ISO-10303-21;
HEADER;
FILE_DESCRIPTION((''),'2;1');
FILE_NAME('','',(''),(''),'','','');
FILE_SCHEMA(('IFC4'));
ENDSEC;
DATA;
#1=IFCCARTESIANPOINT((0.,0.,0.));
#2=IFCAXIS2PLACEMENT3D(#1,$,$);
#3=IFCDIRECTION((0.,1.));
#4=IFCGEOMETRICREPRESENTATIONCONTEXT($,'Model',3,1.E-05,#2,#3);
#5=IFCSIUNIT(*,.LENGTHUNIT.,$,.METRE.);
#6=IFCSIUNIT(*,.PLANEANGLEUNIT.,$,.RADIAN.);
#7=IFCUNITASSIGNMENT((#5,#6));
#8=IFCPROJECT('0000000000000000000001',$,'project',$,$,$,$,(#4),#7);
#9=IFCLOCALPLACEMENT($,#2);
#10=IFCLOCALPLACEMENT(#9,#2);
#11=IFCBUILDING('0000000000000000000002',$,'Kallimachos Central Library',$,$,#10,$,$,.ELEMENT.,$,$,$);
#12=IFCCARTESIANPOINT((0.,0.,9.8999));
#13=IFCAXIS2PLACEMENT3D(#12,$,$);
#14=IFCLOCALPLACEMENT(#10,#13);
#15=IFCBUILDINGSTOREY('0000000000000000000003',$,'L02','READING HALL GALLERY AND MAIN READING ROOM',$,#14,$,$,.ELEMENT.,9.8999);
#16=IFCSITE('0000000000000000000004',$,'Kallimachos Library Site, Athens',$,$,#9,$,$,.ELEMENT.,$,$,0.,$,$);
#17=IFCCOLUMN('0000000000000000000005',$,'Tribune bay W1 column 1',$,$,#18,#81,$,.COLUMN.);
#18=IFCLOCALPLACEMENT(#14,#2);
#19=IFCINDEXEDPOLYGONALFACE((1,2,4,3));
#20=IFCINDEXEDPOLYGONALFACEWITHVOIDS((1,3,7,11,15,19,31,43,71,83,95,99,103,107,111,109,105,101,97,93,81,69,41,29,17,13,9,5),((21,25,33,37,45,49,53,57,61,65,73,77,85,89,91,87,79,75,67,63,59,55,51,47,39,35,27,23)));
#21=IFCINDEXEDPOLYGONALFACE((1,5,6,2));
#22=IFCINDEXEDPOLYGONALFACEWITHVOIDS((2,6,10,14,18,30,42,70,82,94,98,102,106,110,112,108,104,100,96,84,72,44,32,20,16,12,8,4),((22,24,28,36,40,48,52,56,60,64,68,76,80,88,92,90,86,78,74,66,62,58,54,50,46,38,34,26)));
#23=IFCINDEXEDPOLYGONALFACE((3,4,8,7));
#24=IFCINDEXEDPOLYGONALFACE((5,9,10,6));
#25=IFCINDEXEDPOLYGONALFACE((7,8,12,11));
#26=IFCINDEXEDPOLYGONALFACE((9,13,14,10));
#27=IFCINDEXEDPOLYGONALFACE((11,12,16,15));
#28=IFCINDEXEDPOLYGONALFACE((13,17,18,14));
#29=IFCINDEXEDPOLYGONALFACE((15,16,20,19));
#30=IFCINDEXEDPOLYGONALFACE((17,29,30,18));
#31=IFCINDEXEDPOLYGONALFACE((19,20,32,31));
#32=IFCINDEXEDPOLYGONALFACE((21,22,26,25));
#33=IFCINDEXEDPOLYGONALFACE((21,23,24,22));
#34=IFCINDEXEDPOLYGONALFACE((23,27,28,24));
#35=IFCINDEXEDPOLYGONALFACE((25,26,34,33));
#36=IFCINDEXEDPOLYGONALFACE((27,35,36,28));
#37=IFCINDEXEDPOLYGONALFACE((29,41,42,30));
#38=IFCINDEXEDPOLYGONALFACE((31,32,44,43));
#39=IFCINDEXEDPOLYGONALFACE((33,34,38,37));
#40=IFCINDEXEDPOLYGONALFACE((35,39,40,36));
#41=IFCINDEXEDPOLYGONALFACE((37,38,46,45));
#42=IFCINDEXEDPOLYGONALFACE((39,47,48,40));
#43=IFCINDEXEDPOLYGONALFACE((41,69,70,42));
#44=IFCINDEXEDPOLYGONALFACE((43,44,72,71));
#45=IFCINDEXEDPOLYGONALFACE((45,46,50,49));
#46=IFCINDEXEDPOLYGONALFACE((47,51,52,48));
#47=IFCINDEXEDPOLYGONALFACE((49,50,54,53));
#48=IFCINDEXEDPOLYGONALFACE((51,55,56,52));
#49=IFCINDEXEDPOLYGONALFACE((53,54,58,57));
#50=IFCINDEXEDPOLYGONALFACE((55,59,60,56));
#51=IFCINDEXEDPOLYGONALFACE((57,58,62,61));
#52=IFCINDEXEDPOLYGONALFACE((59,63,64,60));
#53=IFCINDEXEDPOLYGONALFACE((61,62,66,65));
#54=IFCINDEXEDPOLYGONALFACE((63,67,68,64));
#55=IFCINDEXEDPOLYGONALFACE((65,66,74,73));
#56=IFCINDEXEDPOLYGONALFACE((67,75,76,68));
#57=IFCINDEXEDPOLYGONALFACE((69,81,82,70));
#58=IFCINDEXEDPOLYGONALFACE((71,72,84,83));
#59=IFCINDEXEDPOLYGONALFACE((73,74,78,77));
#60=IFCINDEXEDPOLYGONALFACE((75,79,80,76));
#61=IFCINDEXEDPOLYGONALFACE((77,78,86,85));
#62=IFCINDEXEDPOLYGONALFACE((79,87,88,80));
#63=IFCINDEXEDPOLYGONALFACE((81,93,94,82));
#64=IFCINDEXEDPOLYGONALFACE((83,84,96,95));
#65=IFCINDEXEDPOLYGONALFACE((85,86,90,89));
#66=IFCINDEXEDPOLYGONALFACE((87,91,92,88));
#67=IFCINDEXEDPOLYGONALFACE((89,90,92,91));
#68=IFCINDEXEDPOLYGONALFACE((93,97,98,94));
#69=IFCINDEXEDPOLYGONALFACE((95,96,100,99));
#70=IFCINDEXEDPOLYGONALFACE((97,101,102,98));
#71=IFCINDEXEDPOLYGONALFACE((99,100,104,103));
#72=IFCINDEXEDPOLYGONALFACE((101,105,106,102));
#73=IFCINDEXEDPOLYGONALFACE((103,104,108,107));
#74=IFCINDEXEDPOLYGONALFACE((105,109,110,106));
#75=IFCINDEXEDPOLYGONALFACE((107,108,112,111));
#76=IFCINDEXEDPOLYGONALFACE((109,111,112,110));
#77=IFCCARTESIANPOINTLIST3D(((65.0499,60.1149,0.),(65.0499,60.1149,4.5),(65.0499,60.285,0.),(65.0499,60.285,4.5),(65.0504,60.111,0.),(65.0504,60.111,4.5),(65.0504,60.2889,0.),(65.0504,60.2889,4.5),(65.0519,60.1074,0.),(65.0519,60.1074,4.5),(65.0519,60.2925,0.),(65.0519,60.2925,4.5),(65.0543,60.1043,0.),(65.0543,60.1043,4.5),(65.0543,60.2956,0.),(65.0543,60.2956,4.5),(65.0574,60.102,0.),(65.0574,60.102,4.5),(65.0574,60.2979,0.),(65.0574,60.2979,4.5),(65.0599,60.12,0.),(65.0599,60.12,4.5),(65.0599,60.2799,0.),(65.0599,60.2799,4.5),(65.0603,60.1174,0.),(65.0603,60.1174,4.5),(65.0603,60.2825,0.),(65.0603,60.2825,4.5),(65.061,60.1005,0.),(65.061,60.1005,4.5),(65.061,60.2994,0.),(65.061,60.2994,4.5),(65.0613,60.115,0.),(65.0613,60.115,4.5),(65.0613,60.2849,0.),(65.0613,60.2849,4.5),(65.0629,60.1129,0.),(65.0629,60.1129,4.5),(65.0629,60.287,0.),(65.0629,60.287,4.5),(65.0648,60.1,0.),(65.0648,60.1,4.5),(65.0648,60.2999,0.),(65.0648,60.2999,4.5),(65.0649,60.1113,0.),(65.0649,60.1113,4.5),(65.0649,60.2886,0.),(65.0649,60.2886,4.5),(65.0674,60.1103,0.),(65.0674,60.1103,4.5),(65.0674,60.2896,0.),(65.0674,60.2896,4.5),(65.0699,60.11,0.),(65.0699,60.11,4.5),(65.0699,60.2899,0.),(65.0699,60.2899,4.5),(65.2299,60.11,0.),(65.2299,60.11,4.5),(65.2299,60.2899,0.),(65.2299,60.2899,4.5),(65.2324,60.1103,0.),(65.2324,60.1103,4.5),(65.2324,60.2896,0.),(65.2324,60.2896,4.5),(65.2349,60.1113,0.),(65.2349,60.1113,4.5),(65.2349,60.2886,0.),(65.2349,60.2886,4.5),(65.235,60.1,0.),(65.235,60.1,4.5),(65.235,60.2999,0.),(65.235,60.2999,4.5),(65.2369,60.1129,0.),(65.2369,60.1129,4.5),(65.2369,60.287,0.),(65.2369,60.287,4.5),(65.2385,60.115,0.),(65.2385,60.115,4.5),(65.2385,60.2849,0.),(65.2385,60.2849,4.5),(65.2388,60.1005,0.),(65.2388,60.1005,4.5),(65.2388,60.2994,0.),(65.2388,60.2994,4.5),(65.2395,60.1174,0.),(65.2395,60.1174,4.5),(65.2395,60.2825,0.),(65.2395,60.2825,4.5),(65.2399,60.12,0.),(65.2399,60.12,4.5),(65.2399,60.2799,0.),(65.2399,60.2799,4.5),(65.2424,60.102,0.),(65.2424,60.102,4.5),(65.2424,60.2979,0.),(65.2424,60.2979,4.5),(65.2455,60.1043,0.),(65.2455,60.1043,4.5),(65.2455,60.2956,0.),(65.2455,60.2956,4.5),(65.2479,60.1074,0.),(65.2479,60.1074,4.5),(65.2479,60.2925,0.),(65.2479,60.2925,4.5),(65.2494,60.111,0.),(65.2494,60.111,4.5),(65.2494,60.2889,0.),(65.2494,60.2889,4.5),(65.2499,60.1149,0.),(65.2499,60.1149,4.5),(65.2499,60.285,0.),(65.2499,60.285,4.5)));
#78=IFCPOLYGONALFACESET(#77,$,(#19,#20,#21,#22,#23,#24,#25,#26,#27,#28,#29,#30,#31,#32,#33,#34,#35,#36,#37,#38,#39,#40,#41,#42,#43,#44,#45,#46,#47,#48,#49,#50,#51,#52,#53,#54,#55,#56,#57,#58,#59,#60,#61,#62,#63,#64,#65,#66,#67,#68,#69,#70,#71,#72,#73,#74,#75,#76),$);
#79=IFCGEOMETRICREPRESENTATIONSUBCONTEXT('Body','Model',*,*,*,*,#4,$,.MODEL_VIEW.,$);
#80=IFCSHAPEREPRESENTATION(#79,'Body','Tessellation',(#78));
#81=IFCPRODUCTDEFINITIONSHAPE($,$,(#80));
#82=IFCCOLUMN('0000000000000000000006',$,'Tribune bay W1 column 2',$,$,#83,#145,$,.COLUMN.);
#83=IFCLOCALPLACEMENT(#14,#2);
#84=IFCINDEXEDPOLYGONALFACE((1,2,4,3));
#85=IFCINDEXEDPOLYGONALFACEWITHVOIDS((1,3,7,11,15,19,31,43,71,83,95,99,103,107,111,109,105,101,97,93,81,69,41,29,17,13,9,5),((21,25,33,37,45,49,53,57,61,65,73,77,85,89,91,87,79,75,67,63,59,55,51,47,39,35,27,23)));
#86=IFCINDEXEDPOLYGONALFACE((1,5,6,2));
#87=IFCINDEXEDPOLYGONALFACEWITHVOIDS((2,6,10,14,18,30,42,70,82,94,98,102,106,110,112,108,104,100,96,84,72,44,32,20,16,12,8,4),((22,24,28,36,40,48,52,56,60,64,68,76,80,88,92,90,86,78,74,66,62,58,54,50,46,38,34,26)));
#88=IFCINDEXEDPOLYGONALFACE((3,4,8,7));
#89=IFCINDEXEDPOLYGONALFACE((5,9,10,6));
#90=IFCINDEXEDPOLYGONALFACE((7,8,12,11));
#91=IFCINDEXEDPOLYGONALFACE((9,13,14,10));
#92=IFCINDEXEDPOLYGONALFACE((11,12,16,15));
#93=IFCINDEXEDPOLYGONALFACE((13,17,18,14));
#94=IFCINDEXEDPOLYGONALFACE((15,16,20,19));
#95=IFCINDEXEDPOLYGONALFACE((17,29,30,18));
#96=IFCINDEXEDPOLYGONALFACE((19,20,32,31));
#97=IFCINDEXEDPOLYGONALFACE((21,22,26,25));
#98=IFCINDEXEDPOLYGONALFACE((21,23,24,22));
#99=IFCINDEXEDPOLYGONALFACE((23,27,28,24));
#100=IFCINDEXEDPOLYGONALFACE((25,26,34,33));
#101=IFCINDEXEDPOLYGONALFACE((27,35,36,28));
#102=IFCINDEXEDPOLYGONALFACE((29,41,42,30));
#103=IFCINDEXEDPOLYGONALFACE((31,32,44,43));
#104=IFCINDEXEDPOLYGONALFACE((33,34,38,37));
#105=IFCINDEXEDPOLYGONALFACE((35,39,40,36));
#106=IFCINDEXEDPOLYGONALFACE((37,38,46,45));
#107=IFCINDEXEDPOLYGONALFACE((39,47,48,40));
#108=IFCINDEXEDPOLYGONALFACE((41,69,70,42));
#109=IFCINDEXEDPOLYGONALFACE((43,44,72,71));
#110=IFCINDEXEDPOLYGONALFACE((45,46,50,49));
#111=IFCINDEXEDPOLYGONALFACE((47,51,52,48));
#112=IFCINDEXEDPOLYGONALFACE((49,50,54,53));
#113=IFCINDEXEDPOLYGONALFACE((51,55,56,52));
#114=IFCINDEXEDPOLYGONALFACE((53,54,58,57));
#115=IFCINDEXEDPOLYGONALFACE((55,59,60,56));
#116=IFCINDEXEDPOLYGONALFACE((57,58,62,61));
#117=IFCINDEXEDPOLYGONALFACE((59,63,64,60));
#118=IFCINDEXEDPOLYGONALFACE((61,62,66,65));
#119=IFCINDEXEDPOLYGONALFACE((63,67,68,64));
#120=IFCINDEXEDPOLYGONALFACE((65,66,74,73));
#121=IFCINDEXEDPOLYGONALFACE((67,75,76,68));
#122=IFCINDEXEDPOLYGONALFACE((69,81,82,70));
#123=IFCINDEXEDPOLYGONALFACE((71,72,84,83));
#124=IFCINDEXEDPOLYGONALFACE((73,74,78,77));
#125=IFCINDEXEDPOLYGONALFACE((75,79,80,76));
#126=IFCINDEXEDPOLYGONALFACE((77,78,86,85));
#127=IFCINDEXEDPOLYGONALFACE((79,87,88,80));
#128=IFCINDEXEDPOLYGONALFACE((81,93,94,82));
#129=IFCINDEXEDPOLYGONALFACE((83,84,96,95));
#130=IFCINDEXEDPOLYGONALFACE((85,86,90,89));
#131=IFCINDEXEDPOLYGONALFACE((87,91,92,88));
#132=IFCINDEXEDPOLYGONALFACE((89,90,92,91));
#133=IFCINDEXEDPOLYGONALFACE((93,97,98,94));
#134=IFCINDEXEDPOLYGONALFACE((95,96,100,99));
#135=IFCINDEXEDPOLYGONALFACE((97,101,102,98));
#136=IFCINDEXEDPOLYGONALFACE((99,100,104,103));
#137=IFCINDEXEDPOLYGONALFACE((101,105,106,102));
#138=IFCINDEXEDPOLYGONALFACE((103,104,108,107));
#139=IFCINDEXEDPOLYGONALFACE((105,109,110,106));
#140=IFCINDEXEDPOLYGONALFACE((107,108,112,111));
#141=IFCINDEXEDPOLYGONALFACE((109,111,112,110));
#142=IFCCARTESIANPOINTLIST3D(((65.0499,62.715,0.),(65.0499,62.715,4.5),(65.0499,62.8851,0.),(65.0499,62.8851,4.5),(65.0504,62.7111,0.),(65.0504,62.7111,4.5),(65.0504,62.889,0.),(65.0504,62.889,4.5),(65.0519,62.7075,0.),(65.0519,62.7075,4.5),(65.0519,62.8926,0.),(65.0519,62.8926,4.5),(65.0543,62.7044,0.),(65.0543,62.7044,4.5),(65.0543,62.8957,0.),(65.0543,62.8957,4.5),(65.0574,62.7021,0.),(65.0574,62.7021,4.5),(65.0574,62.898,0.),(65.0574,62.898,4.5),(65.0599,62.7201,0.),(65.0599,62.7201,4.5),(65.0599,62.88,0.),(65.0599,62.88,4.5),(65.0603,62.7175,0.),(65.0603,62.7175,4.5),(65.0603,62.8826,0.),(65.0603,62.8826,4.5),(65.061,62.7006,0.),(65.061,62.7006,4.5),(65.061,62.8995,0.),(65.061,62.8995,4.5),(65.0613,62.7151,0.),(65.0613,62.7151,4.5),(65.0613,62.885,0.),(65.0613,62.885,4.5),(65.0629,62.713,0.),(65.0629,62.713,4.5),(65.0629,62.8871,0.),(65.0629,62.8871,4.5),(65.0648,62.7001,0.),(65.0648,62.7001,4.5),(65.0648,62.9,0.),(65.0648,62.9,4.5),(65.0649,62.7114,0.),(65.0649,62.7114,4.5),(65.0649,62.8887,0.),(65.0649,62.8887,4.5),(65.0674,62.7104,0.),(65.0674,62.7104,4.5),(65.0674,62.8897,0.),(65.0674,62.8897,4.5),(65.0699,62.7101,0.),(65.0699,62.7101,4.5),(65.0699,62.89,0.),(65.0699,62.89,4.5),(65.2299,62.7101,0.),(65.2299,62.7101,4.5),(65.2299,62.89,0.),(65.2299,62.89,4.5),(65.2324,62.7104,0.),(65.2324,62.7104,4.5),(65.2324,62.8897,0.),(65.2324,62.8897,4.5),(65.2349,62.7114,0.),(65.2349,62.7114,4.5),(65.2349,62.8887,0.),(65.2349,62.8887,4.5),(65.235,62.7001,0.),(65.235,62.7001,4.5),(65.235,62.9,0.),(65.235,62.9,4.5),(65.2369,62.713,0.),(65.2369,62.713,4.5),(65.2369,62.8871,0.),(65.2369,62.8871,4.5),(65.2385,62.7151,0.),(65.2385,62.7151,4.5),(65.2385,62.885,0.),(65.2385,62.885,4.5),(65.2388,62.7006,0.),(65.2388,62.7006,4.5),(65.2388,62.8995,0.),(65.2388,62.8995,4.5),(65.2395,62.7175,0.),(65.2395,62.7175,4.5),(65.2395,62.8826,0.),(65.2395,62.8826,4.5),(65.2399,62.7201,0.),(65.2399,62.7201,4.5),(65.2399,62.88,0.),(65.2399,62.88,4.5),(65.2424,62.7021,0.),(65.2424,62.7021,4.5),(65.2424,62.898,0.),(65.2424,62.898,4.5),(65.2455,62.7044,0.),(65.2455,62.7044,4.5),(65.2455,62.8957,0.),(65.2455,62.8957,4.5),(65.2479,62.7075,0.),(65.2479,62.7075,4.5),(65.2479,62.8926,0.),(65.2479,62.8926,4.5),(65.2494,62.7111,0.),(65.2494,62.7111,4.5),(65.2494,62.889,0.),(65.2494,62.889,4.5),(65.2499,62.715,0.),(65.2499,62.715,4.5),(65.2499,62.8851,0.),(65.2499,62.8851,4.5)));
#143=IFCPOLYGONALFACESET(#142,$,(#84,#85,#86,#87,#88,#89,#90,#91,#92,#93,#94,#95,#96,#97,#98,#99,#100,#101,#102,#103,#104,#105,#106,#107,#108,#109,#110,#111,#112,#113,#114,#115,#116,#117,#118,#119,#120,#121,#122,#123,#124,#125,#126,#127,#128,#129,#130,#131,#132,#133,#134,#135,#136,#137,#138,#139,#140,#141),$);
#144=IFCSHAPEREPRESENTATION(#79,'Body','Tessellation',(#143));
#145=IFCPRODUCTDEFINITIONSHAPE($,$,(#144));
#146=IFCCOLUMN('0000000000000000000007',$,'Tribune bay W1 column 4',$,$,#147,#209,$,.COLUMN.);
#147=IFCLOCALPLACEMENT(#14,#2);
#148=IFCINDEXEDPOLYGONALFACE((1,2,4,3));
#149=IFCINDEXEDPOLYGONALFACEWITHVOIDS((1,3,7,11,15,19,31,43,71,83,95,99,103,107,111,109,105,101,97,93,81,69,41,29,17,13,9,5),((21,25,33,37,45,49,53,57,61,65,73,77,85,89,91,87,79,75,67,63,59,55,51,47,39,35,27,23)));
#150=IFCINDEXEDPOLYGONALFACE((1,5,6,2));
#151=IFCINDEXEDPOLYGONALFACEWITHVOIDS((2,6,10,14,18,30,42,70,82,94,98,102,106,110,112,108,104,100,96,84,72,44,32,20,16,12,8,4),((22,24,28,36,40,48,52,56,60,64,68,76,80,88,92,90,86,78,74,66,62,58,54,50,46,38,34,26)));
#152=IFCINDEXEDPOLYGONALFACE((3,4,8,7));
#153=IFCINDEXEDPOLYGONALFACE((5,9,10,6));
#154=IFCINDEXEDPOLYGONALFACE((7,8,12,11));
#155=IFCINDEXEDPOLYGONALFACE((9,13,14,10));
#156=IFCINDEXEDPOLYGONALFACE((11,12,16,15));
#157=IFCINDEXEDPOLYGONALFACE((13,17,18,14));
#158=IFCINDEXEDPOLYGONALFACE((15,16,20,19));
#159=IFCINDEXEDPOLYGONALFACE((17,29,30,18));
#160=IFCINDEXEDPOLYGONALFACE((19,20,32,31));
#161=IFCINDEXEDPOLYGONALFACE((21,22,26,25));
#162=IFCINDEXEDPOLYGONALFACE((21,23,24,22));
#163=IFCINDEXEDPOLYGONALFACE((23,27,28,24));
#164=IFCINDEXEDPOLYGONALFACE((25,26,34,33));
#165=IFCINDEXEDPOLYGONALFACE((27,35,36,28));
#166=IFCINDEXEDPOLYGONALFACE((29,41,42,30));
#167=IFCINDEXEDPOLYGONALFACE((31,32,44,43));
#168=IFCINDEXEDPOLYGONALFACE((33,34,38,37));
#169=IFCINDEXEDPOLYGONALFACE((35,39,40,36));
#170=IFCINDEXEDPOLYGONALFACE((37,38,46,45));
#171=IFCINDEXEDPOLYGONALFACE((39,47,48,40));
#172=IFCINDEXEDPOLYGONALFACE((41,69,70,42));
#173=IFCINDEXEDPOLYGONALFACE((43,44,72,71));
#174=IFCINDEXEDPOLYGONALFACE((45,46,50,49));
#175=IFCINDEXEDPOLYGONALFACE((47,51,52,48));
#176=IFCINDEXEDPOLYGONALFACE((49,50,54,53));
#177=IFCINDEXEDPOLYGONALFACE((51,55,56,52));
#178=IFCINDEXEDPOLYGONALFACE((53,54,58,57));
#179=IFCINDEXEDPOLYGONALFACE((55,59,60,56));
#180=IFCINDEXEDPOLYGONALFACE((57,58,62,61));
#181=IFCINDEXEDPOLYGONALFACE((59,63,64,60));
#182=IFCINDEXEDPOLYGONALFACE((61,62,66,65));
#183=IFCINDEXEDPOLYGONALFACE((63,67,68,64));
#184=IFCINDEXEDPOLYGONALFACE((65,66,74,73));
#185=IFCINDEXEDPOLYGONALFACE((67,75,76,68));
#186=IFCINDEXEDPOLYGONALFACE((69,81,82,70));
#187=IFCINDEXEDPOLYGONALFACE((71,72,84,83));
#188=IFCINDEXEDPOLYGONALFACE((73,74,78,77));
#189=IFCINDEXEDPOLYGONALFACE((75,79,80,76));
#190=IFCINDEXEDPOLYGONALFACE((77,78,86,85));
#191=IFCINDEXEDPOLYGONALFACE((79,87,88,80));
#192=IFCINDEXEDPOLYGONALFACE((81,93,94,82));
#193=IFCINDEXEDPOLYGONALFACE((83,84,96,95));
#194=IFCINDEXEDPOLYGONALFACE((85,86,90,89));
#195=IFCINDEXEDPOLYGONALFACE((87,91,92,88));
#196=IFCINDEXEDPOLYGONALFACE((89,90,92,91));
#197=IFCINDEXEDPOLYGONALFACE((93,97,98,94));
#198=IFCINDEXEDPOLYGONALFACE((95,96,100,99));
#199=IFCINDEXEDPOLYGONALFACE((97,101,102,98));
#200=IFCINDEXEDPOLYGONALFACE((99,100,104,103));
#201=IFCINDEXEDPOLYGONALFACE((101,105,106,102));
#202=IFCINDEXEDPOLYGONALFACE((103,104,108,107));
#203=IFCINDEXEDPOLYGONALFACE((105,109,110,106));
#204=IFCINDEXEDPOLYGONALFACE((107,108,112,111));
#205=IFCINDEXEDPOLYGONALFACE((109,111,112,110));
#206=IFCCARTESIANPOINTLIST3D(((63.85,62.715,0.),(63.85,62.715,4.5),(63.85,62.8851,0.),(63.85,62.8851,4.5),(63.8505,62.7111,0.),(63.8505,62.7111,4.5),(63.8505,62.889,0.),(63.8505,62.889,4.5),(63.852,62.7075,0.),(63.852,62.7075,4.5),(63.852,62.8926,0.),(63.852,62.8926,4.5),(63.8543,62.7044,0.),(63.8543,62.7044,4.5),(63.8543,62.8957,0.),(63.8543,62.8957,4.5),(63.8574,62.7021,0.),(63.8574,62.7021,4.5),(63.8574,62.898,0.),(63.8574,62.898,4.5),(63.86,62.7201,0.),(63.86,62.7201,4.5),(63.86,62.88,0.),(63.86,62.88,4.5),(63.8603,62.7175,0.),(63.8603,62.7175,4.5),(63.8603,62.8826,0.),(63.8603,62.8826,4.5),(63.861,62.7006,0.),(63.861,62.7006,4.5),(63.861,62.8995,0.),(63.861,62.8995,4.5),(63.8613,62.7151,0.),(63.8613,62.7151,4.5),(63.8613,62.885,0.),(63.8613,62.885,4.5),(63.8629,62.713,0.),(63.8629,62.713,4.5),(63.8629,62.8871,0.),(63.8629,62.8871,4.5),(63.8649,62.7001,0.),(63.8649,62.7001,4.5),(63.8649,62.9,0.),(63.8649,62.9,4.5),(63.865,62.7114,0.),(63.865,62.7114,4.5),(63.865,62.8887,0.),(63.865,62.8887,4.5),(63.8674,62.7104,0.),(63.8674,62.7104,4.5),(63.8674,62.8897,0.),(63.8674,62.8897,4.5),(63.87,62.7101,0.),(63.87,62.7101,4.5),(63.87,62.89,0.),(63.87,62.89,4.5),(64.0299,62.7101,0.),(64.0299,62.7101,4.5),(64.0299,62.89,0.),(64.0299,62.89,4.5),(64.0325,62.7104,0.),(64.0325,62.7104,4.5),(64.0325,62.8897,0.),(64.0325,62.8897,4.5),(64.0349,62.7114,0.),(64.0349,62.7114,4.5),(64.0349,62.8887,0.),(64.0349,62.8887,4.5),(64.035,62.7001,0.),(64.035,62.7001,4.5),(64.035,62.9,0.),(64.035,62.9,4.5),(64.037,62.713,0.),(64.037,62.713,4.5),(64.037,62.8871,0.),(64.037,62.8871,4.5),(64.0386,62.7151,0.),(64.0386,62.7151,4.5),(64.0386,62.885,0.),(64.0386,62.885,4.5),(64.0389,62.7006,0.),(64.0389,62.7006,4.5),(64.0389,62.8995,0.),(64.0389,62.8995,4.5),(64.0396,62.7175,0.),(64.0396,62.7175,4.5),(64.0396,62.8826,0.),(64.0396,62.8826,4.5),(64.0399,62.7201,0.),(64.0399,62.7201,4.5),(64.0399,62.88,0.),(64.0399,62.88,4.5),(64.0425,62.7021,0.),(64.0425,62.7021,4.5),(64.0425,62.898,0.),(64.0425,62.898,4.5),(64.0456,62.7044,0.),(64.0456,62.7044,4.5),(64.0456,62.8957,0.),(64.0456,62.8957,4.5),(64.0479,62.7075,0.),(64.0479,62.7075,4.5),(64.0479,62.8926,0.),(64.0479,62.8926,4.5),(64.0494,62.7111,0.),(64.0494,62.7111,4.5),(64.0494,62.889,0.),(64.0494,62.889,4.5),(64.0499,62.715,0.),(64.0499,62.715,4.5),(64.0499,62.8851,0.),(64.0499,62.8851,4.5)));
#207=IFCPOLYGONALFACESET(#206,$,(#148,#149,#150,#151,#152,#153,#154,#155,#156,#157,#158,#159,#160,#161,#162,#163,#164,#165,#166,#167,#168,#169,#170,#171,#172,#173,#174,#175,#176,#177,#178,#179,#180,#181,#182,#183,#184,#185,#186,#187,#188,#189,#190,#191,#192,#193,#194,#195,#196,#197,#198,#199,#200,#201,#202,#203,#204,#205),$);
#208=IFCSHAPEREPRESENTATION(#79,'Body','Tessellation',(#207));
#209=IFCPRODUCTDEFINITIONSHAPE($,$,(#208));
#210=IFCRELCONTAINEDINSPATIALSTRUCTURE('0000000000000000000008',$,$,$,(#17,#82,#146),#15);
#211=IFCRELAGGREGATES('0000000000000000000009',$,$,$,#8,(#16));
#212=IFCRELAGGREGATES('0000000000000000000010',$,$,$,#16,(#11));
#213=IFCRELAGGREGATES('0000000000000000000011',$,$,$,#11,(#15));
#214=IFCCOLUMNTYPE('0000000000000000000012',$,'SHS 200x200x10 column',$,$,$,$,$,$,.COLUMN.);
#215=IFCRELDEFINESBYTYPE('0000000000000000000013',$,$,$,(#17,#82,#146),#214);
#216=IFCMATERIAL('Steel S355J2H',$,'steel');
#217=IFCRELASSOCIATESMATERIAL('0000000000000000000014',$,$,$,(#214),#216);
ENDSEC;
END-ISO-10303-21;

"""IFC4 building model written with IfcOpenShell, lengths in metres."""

from ifc_helpers import new_model, si_unit, direction, frame, origin, origin_2d, place, context, subcontext, project, spatial, hollow_rectangle, extrude, material, material_profile, profile_set, type_object, element, save


model = new_model("IFC4")

# Units and contexts
model_context = context("Model", 3, precision=1e-05, world=origin(), true_north=direction((0.0, 1.0)))
body_context = subcontext(model_context, "Body", "Model", "MODEL_VIEW")
ifc_project = project(units=[si_unit("LENGTHUNIT", "METRE"), si_unit("PLANEANGLEUNIT", "RADIAN")], contexts=[model_context])

# Site, building, storey
site_placement = place(None, origin())
site = spatial("IfcSite", under=ifc_project, at=site_placement, Name="Kallimachos Library Site, Athens", CompositionType="ELEMENT", RefElevation=0.0)
building_placement = place(site_placement, origin())
building = spatial("IfcBuilding", under=site, at=building_placement, Name="Kallimachos Central Library", CompositionType="ELEMENT")
storey_placement = place(building_placement, frame((0.0, 0.0, 9.8999)))
storey = spatial("IfcBuildingStorey", under=building, at=storey_placement, Name="L02", Description="READING HALL GALLERY AND MAIN READING ROOM", CompositionType="ELEMENT", Elevation=9.8999)

# Columns
ifc_material_1 = material(Name="Steel S355J2H", Category="steel")
ifc_material_profile_1 = material_profile(ifc_material_1, hollow_rectangle(XDim=0.2, YDim=0.2, WallThickness=0.01, InnerFilletRadius=0.01, OuterFilletRadius=0.0149, at=origin_2d()), Name="SHS 200x200x10")
ifc_profile_set_1 = profile_set([ifc_material_profile_1], Name="Steel S355J2H")
column_type = type_object("IfcColumnType", Name="SHS 200x200x10 column", PredefinedType="COLUMN", material=ifc_profile_set_1)
for number, where, z_axis, x_axis, name in (
    (1, (65.1499, 60.2, 0.0), (0.0, 0.0, 1.0), (1.0, 0.0, 0.0), "Tribune bay W1 column 1"),
    (2, (65.1499, 62.8, 0.0), (0.0, 0.0, 1.0), (1.0, 0.0, 0.0), "Tribune bay W1 column 2"),
    (3, (63.95, 62.8, 0.0), (0.0, 0.0, 1.0), (1.0, 0.0, 0.0), "Tribune bay W1 column 4"),
):
    element("IfcColumn", number, at=place(storey_placement, frame(where, z_axis=z_axis, x_axis=x_axis)), inside=storey, type_object=column_type, Name=name, PredefinedType="COLUMN", context=body_context, shape_type="SweptSolid", body=[
        extrude(hollow_rectangle(XDim=0.2, YDim=0.2, WallThickness=0.01, InnerFilletRadius=0.01, OuterFilletRadius=0.0149, at=origin_2d()), origin(), (0.0, 0.0, 1.0), 4.5),
    ])

save(model, "model.ifc")
